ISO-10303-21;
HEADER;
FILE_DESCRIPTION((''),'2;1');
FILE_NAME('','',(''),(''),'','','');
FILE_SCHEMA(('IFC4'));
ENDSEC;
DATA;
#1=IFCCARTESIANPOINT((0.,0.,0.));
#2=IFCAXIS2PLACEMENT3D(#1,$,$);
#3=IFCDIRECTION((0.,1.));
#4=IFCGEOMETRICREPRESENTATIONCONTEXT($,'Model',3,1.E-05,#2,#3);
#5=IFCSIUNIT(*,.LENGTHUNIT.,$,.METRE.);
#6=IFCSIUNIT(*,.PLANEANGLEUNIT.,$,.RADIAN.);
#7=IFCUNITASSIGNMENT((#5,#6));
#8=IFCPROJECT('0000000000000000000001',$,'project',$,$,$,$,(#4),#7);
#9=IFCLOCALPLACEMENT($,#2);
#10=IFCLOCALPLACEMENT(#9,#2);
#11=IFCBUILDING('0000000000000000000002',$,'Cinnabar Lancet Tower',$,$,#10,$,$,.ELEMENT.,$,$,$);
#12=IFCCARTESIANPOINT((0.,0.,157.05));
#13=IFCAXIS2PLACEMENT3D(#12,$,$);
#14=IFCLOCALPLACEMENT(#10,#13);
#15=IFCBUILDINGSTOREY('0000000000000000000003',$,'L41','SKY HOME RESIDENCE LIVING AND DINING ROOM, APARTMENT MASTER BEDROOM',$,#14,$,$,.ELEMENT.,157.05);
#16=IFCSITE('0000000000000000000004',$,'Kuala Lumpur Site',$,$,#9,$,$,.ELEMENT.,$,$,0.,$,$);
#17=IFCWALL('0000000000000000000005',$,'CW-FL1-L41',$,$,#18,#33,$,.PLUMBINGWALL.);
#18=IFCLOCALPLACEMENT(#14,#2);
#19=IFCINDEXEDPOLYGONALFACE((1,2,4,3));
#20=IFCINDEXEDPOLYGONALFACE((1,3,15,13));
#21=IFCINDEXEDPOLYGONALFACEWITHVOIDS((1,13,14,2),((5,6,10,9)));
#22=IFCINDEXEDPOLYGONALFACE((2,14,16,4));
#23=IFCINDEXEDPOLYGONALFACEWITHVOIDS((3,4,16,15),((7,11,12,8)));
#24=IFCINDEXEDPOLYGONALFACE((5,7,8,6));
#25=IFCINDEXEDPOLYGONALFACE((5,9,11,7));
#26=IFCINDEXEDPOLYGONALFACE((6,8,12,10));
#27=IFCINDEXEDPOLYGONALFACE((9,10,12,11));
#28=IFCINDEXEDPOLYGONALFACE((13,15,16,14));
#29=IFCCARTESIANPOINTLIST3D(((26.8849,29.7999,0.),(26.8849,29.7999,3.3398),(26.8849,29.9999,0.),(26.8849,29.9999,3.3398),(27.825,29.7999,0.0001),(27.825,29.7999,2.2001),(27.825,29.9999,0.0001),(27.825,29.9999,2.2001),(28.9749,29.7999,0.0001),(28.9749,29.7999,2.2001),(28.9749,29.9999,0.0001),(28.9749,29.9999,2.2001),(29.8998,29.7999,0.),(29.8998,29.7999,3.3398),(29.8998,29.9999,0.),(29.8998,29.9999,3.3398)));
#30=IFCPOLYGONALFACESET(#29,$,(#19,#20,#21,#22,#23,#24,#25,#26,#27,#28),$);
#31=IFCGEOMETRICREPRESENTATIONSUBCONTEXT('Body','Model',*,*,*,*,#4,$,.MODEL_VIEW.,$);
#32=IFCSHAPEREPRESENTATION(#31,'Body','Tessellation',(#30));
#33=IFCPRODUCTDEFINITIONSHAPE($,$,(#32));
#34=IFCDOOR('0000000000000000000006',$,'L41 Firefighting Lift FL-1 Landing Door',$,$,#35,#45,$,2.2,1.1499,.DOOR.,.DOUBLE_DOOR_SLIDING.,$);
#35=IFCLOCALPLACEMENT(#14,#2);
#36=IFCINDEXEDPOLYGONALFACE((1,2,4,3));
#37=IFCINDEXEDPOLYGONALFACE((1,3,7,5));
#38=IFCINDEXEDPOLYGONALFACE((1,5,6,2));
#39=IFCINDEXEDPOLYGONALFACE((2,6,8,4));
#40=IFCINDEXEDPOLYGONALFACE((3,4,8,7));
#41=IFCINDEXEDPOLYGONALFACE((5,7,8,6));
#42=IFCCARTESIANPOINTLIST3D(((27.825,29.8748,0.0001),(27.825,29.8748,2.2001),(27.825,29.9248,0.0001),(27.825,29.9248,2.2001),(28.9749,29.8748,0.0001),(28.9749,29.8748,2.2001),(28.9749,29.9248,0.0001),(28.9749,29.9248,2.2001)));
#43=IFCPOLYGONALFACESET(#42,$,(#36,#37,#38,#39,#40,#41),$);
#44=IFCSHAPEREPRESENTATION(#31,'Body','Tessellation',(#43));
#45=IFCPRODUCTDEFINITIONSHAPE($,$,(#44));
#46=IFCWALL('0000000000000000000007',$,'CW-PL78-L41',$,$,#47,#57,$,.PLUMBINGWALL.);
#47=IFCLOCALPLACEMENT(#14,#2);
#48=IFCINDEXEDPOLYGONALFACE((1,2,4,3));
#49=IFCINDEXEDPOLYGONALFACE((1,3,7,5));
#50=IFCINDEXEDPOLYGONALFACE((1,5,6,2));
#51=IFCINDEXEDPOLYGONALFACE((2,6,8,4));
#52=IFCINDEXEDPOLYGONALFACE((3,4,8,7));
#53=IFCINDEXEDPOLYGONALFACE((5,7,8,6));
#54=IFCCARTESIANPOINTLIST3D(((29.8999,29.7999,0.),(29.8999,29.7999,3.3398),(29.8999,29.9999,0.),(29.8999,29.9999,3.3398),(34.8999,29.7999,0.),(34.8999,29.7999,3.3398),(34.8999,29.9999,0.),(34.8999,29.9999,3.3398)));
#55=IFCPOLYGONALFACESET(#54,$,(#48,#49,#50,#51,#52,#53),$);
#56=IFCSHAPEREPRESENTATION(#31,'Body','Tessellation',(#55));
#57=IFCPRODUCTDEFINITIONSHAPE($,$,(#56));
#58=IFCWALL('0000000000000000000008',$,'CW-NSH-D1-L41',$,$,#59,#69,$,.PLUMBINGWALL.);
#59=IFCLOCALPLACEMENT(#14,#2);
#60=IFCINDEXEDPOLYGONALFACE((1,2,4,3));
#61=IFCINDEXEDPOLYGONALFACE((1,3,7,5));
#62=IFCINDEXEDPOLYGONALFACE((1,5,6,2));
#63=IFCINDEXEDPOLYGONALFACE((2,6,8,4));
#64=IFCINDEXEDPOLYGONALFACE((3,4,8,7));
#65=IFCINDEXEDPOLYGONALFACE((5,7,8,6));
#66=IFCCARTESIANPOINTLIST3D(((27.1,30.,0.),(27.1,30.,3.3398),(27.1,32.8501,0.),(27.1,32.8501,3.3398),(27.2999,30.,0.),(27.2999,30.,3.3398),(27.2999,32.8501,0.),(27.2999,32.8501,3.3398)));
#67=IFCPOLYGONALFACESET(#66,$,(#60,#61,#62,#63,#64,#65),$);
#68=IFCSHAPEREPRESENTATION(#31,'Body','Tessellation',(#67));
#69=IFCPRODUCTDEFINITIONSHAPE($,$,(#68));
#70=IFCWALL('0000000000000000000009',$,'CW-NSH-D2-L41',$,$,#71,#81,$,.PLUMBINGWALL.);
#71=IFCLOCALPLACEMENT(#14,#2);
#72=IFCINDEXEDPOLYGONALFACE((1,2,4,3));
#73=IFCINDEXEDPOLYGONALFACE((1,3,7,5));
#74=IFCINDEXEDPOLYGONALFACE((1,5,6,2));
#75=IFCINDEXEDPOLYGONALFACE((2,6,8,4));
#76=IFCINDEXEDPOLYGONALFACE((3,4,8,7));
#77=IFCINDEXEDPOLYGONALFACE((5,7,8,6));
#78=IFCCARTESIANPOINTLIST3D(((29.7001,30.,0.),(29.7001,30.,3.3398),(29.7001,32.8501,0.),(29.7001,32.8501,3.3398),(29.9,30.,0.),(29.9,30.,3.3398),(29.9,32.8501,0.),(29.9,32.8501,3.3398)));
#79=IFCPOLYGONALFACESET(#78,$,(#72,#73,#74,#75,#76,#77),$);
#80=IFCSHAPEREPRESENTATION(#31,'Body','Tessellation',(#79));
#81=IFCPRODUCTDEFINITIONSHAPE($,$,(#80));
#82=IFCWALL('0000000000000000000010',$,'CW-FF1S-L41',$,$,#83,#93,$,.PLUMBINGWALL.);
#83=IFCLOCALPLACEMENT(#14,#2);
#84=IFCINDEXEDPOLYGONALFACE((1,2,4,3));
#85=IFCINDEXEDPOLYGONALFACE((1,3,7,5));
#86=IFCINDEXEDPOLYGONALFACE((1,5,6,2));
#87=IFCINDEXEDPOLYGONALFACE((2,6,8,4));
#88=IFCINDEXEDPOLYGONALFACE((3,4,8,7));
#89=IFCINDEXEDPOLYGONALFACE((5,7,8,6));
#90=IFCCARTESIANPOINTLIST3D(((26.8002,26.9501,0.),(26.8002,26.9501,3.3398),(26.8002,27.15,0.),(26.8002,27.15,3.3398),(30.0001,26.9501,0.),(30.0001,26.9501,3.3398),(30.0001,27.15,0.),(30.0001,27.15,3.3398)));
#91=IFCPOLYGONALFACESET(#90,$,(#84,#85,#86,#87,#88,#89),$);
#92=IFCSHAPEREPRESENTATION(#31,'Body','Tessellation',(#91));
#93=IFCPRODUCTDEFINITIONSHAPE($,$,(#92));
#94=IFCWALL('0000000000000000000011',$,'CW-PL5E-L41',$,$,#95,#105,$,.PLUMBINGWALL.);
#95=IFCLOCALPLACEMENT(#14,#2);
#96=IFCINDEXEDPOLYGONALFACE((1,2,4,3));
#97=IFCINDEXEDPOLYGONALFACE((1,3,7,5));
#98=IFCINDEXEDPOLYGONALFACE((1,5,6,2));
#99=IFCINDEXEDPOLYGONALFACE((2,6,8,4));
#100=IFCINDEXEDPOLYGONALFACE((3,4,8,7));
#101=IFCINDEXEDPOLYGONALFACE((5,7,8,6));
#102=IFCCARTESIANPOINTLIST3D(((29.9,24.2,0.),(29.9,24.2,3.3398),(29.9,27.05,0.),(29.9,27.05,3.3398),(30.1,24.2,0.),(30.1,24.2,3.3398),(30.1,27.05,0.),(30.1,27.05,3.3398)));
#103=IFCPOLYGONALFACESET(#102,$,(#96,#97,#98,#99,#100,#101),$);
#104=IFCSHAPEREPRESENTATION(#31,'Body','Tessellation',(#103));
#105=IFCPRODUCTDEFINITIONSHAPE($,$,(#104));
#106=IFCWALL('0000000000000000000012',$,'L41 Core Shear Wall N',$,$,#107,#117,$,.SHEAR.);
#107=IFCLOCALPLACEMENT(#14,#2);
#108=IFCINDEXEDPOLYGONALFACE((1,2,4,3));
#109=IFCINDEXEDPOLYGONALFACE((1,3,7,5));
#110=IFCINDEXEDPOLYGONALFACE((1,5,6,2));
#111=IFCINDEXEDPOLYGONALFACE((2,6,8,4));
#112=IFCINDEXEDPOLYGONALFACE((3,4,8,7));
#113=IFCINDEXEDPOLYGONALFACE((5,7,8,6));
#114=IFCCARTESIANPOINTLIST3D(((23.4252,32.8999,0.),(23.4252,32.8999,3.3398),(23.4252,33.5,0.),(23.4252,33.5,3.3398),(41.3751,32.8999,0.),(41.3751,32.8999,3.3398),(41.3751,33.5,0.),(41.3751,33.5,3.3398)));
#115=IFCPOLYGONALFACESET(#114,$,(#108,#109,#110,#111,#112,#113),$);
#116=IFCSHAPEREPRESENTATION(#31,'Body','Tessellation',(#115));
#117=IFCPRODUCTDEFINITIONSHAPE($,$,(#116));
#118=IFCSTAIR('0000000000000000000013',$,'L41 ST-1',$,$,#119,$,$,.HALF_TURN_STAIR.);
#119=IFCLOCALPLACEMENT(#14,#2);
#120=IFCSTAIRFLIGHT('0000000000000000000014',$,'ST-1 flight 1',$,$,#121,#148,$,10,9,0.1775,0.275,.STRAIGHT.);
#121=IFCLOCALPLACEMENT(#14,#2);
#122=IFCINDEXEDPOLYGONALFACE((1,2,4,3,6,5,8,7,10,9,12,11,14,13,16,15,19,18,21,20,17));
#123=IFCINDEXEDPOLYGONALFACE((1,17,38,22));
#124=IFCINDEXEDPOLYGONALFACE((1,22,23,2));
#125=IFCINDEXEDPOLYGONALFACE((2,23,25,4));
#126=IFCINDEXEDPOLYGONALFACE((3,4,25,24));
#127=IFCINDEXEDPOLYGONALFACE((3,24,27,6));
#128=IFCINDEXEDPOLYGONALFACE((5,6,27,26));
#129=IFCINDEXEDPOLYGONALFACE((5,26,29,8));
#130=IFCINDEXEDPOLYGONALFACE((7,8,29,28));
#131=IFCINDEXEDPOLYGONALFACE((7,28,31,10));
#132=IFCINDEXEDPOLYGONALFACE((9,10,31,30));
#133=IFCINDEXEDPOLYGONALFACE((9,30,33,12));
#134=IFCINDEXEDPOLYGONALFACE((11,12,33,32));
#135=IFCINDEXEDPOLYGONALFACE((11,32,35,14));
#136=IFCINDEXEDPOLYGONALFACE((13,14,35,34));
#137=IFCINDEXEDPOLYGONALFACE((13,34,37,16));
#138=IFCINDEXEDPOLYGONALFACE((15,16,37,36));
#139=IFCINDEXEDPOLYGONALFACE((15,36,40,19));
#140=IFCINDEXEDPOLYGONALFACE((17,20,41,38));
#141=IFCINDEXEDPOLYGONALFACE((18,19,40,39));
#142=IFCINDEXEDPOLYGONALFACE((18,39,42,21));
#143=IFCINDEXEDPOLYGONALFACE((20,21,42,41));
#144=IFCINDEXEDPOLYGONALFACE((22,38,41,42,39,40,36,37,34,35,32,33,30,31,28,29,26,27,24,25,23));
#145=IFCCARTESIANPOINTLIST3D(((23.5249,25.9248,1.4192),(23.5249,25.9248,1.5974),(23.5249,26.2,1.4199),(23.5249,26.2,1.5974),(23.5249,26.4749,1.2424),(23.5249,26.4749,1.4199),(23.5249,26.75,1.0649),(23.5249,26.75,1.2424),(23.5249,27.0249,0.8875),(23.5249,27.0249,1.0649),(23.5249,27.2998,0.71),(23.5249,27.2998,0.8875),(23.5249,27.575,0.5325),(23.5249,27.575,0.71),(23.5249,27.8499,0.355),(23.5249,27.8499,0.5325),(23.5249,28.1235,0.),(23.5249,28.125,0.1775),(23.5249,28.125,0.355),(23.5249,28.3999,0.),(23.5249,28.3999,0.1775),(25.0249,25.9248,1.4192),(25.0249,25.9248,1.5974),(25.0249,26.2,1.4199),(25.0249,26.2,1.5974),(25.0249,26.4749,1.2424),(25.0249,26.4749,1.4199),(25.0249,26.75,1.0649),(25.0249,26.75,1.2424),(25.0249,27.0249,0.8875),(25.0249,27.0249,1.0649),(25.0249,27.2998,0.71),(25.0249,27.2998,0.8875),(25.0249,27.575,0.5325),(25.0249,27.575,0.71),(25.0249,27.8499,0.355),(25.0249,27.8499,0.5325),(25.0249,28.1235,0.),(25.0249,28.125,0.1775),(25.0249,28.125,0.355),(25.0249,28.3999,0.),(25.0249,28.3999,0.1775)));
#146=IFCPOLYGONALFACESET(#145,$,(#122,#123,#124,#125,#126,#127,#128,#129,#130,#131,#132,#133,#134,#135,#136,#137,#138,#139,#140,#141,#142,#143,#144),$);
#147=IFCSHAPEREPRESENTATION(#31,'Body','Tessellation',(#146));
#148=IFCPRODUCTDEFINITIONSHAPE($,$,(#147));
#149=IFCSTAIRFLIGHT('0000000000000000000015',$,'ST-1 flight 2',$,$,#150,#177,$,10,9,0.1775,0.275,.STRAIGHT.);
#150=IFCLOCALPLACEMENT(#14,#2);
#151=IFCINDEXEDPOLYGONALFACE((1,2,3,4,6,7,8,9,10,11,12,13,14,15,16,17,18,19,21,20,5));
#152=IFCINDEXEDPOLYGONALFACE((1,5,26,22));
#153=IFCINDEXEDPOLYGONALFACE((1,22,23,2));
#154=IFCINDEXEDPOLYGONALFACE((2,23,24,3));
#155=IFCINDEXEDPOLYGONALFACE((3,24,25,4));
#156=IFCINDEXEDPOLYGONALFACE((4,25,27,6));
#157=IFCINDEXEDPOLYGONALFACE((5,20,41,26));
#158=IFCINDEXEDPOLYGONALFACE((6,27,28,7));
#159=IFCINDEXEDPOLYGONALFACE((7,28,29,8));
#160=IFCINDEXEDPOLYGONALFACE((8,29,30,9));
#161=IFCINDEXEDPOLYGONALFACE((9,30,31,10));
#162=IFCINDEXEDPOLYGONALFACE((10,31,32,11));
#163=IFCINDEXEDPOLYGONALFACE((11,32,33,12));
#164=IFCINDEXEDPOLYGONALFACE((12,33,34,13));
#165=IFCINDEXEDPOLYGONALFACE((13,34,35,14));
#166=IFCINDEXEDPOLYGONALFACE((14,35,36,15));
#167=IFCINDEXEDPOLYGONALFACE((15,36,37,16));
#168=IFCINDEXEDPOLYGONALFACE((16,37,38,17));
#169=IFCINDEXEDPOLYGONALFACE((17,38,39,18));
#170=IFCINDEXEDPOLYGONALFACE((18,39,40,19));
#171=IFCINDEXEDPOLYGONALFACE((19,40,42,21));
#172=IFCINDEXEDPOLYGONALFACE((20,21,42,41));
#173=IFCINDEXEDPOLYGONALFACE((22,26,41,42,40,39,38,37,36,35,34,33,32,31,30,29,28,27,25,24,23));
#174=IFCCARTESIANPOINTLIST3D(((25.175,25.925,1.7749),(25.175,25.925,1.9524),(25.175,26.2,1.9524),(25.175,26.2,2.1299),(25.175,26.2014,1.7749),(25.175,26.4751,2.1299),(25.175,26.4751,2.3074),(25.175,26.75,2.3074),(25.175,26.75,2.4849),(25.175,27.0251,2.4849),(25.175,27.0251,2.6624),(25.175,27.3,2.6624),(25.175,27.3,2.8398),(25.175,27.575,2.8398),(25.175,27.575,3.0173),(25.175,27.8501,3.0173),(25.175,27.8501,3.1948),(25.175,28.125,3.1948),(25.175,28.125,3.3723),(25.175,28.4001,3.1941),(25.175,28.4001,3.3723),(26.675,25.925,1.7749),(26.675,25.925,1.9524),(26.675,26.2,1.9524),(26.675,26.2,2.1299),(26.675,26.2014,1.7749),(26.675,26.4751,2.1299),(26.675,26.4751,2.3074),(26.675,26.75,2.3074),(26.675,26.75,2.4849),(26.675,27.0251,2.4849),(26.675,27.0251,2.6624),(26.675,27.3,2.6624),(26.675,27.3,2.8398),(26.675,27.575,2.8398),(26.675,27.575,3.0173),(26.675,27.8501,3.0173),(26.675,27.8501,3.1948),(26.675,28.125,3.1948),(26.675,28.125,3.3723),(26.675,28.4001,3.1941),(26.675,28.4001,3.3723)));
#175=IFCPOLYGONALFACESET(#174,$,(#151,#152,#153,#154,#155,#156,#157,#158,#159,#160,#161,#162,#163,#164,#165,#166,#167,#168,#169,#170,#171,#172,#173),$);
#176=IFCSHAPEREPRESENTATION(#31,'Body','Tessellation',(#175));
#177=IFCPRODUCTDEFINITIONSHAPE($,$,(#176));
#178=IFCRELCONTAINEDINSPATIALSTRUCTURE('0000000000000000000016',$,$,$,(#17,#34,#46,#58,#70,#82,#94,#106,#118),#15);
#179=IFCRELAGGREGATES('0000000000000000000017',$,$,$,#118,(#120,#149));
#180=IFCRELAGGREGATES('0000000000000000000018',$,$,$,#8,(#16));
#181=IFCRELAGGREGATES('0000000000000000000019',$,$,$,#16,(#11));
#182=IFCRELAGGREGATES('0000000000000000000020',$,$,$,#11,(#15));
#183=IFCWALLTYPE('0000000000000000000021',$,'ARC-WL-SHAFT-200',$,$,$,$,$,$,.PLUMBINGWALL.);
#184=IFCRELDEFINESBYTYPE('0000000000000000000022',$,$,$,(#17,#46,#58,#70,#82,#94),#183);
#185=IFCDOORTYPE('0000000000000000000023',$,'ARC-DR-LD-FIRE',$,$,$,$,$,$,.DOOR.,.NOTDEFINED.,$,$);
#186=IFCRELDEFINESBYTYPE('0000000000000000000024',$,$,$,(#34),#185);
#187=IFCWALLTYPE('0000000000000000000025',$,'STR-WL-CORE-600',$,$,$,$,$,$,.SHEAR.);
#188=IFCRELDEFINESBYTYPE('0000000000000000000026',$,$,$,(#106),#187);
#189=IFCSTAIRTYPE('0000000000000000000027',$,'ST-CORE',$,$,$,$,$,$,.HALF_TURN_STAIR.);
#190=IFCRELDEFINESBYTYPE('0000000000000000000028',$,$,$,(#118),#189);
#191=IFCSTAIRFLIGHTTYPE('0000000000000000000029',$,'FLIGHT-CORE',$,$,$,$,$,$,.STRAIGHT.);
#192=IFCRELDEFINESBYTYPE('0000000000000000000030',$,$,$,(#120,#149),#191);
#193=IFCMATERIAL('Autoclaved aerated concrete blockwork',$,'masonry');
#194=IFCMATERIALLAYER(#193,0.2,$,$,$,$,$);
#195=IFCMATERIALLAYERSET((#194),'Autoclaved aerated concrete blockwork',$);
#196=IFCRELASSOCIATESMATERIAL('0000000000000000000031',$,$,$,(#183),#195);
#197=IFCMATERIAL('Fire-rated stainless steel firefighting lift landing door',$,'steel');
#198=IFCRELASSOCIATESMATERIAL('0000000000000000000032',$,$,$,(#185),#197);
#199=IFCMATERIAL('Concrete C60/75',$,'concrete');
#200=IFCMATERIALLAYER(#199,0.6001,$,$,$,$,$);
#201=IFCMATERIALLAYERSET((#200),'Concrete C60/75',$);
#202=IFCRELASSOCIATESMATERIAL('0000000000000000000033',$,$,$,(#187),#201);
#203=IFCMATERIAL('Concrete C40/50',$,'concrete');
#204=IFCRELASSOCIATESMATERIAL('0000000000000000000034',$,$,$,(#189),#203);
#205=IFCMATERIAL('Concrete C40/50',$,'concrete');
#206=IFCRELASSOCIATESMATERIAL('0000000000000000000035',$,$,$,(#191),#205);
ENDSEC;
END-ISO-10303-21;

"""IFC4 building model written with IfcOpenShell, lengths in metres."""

from ifc_helpers import new_model, si_unit, direction, frame, frame_2d, origin, place, context, subcontext, project, spatial, polyline, rectangle, outline, extrude, material, layer, layer_set, type_object, element, fill, aggregate, save


model = new_model("IFC4")

# Units and contexts
model_context = context("Model", 3, precision=1e-05, world=origin(), true_north=direction((0.0, 1.0)))
body_context = subcontext(model_context, "Body", "Model", "MODEL_VIEW")
ifc_project = project(units=[si_unit("LENGTHUNIT", "METRE"), si_unit("PLANEANGLEUNIT", "RADIAN")], contexts=[model_context])

# Site, building, storey
site_placement = place(None, origin())
site = spatial("IfcSite", under=ifc_project, at=site_placement, Name="Kuala Lumpur Site", CompositionType="ELEMENT", RefElevation=0.0)
building_placement = place(site_placement, origin())
building = spatial("IfcBuilding", under=site, at=building_placement, Name="Cinnabar Lancet Tower", CompositionType="ELEMENT")
storey_placement = place(building_placement, frame((0.0, 0.0, 157.05)))
storey = spatial("IfcBuildingStorey", under=building, at=storey_placement, Name="L41", Description="SKY HOME RESIDENCE LIVING AND DINING ROOM, APARTMENT MASTER BEDROOM", CompositionType="ELEMENT", Elevation=157.05)

# Wall, opening, door
ifc_material_1 = material(Name="Autoclaved aerated concrete blockwork", Category="masonry")
ifc_layer_1 = layer(ifc_material_1, 0.2)
ifc_layer_set_1 = layer_set([ifc_layer_1], Name="Autoclaved aerated concrete blockwork")
wall_type_1 = type_object("IfcWallType", Name="ARC-WL-SHAFT-200", PredefinedType="PLUMBINGWALL", material=ifc_layer_set_1)
wall_1_placement = place(storey_placement, frame((26.885, 29.8999, 0.0), z_axis=(0.0, 0.0, 1.0), x_axis=(1.0, 0.0, 0.0)))
wall_1 = element("IfcWall", 1, at=wall_1_placement, inside=storey, type_object=wall_type_1, Name="CW-FL1-L41", PredefinedType="PLUMBINGWALL", context=body_context, shape_type="SweptSolid", body=[
    extrude(rectangle(XDim=3.0149, YDim=0.2, at=frame_2d((1.5073, 0.0))), origin(), (0.0, 0.0, 1.0), 3.3398),
])
opening_1_placement = place(wall_1_placement, frame((0.9399, 0.0, 0.0)))
opening_1 = element("IfcOpeningElement", 2, at=opening_1_placement, cuts=wall_1, PredefinedType="OPENING", context=body_context, shape_type="SweptSolid", body=[
    extrude(rectangle(XDim=1.1499, YDim=2.2, at=frame_2d((0.575, 1.1001))), frame((0.0, 0.1099, 0.0), z_axis=(0.0, -1.0, 0.0), x_axis=(1.0, 0.0, 0.0)), (0.0, 0.0, 1.0), 0.22),
])
ifc_material_2 = material(Name="Fire-rated stainless steel firefighting lift landing door", Category="steel")
door_type_1 = type_object("IfcDoorType", Name="ARC-DR-LD-FIRE", OperationType="NOTDEFINED", PredefinedType="DOOR", material=ifc_material_2)
door_1_placement = place(opening_1_placement, origin())
door_1 = element("IfcDoor", 3, at=door_1_placement, inside=storey, type_object=door_type_1, Name="L41 Firefighting Lift FL-1 Landing Door", OperationType="DOUBLE_DOOR_SLIDING", OverallHeight=2.2, OverallWidth=1.1499, PredefinedType="DOOR", context=body_context, shape_type="SweptSolid", body=[
    extrude(rectangle(XDim=1.1499, YDim=2.2, at=frame_2d((0.575, 1.1001))), frame((0.0, 0.0249, 0.0), z_axis=(0.0, -1.0, 0.0), x_axis=(1.0, 0.0, 0.0)), (0.0, 0.0, 1.0), 0.05),
])
fill(opening_1, door_1)

# Walls
wall_2_placement = place(storey_placement, frame((29.8999, 29.8999, 0.0), z_axis=(0.0, 0.0, 1.0), x_axis=(1.0, 0.0, 0.0)))
element("IfcWall", 4, at=wall_2_placement, inside=storey, type_object=wall_type_1, Name="CW-PL78-L41", PredefinedType="PLUMBINGWALL", context=body_context, shape_type="SweptSolid", body=[
    extrude(rectangle(XDim=5.0, YDim=0.2, at=frame_2d((2.5, 0.0))), origin(), (0.0, 0.0, 1.0), 3.3398),
])
for number, where, z_axis, x_axis, name in (
    (5, (27.2, 30.0, 0.0), (0.0, 0.0, 1.0), (0.0, 1.0, 0.0), "CW-NSH-D1-L41"),
    (6, (29.8, 30.0, 0.0), (0.0, 0.0, 1.0), (0.0, 1.0, 0.0), "CW-NSH-D2-L41"),
):
    element("IfcWall", number, at=place(storey_placement, frame(where, z_axis=z_axis, x_axis=x_axis)), inside=storey, type_object=wall_type_1, Name=name, PredefinedType="PLUMBINGWALL", context=body_context, shape_type="SweptSolid", body=[
        extrude(rectangle(XDim=2.8501, YDim=0.2, at=frame_2d((1.425, 0.0))), origin(), (0.0, 0.0, 1.0), 3.3398),
    ])

# Walls
wall_3_placement = place(storey_placement, frame((26.8, 27.05, 0.0), z_axis=(0.0, 0.0, 1.0), x_axis=(1.0, 0.0, 0.0)))
element("IfcWall", 7, at=wall_3_placement, inside=storey, type_object=wall_type_1, Name="CW-FF1S-L41", PredefinedType="PLUMBINGWALL", context=body_context, shape_type="SweptSolid", body=[
    extrude(rectangle(XDim=3.2, YDim=0.2, at=frame_2d((1.6001, 0.0))), origin(), (0.0, 0.0, 1.0), 3.3398),
])
wall_4_placement = place(storey_placement, frame((30.0, 24.2, 0.0), z_axis=(0.0, 0.0, 1.0), x_axis=(0.0, 1.0, 0.0)))
element("IfcWall", 8, at=wall_4_placement, inside=storey, type_object=wall_type_1, Name="CW-PL5E-L41", PredefinedType="PLUMBINGWALL", context=body_context, shape_type="SweptSolid", body=[
    extrude(rectangle(XDim=2.8501, YDim=0.2, at=frame_2d((1.425, 0.0))), origin(), (0.0, 0.0, 1.0), 3.3398),
])
ifc_material_3 = material(Name="Concrete C60/75", Category="concrete")
ifc_layer_2 = layer(ifc_material_3, 0.6001)
ifc_layer_set_2 = layer_set([ifc_layer_2], Name="Concrete C60/75")
wall_type_2 = type_object("IfcWallType", Name="STR-WL-CORE-600", PredefinedType="SHEAR", material=ifc_layer_set_2)
wall_5_placement = place(storey_placement, frame((23.425, 33.2, 0.0), z_axis=(0.0, 0.0, 1.0), x_axis=(1.0, 0.0, 0.0)))
element("IfcWall", 9, at=wall_5_placement, inside=storey, type_object=wall_type_2, Name="L41 Core Shear Wall N", PredefinedType="SHEAR", context=body_context, shape_type="SweptSolid", body=[
    extrude(rectangle(XDim=17.95, YDim=0.6001, at=frame_2d((8.9751, 0.0))), origin(), (0.0, 0.0, 1.0), 3.3398),
])

# Stair, stair flights
ifc_material_4 = material(Name="Concrete C40/50", Category="concrete")
stair_type = type_object("IfcStairType", Name="ST-CORE", PredefinedType="HALF_TURN_STAIR", material=ifc_material_4)
stair_placement = place(storey_placement, origin())
stair = element("IfcStair", 10, at=stair_placement, inside=storey, type_object=stair_type, Name="L41 ST-1", PredefinedType="HALF_TURN_STAIR")
ifc_material_5 = material(Name="Concrete C40/50", Category="concrete")
stair_flight_type = type_object("IfcStairFlightType", Name="FLIGHT-CORE", PredefinedType="STRAIGHT", material=ifc_material_5)
stair_flight_1_placement = place(storey_placement, frame((24.2749, 28.3999, 0.0), z_axis=(0.0, 0.0, 1.0), x_axis=(0.0, -1.0, 0.0)))
stair_flight_1 = element("IfcStairFlight", 11, at=stair_flight_1_placement, type_object=stair_flight_type, Name="ST-1 flight 1", NumberOfRisers=10, NumberOfTreads=9, PredefinedType="STRAIGHT", RiserHeight=0.1775, TreadLength=0.275, context=body_context, shape_type="SweptSolid", body=[
    extrude(outline(polyline([(0.0, 0.0), (0.0, 0.1775), (0.2749, 0.1775), (0.2749, 0.355), (0.55, 0.355), (0.55, 0.5325), (0.825, 0.5325), (0.825, 0.71), (1.1001, 0.71), (1.1001, 0.8875), (1.375, 0.8875), (1.375, 1.0649), (1.6499, 1.0649), (1.6499, 1.2424), (1.925, 1.2424), (1.925, 1.4199), (2.2, 1.4199), (2.2, 1.5974), (2.4751, 1.5974), (2.4751, 1.7749), (2.4751, 1.4192), (0.2764, 0.0), (0.0, 0.0)])), frame((0.0, 0.75, 0.0), z_axis=(0.0, -1.0, 0.0), x_axis=(1.0, 0.0, 0.0)), (0.0, 0.0, 1.0), 1.5),
])
stair_flight_2_placement = place(storey_placement, frame((25.925, 25.925, 1.7749), z_axis=(0.0, 0.0, 1.0), x_axis=(0.0, 1.0, 0.0)))
stair_flight_2 = element("IfcStairFlight", 12, at=stair_flight_2_placement, type_object=stair_flight_type, Name="ST-1 flight 2", NumberOfRisers=10, NumberOfTreads=9, PredefinedType="STRAIGHT", RiserHeight=0.1775, TreadLength=0.275, context=body_context, shape_type="SweptSolid", body=[
    extrude(outline(polyline([(0.0, 0.0), (0.0, 0.1775), (0.2749, 0.1775), (0.2749, 0.355), (0.55, 0.355), (0.55, 0.5325), (0.825, 0.5325), (0.825, 0.71), (1.1001, 0.71), (1.1001, 0.8875), (1.375, 0.8875), (1.375, 1.0649), (1.6499, 1.0649), (1.6499, 1.2424), (1.925, 1.2424), (1.925, 1.4199), (2.2, 1.4199), (2.2, 1.5974), (2.4751, 1.5974), (2.4751, 1.7749), (2.4751, 1.4192), (0.2764, 0.0), (0.0, 0.0)])), frame((0.0, 0.75, 0.0), z_axis=(0.0, -1.0, 0.0), x_axis=(1.0, 0.0, 0.0)), (0.0, 0.0, 1.0), 1.5),
])
aggregate(stair, [stair_flight_1, stair_flight_2])

save(model, "model.ifc")
